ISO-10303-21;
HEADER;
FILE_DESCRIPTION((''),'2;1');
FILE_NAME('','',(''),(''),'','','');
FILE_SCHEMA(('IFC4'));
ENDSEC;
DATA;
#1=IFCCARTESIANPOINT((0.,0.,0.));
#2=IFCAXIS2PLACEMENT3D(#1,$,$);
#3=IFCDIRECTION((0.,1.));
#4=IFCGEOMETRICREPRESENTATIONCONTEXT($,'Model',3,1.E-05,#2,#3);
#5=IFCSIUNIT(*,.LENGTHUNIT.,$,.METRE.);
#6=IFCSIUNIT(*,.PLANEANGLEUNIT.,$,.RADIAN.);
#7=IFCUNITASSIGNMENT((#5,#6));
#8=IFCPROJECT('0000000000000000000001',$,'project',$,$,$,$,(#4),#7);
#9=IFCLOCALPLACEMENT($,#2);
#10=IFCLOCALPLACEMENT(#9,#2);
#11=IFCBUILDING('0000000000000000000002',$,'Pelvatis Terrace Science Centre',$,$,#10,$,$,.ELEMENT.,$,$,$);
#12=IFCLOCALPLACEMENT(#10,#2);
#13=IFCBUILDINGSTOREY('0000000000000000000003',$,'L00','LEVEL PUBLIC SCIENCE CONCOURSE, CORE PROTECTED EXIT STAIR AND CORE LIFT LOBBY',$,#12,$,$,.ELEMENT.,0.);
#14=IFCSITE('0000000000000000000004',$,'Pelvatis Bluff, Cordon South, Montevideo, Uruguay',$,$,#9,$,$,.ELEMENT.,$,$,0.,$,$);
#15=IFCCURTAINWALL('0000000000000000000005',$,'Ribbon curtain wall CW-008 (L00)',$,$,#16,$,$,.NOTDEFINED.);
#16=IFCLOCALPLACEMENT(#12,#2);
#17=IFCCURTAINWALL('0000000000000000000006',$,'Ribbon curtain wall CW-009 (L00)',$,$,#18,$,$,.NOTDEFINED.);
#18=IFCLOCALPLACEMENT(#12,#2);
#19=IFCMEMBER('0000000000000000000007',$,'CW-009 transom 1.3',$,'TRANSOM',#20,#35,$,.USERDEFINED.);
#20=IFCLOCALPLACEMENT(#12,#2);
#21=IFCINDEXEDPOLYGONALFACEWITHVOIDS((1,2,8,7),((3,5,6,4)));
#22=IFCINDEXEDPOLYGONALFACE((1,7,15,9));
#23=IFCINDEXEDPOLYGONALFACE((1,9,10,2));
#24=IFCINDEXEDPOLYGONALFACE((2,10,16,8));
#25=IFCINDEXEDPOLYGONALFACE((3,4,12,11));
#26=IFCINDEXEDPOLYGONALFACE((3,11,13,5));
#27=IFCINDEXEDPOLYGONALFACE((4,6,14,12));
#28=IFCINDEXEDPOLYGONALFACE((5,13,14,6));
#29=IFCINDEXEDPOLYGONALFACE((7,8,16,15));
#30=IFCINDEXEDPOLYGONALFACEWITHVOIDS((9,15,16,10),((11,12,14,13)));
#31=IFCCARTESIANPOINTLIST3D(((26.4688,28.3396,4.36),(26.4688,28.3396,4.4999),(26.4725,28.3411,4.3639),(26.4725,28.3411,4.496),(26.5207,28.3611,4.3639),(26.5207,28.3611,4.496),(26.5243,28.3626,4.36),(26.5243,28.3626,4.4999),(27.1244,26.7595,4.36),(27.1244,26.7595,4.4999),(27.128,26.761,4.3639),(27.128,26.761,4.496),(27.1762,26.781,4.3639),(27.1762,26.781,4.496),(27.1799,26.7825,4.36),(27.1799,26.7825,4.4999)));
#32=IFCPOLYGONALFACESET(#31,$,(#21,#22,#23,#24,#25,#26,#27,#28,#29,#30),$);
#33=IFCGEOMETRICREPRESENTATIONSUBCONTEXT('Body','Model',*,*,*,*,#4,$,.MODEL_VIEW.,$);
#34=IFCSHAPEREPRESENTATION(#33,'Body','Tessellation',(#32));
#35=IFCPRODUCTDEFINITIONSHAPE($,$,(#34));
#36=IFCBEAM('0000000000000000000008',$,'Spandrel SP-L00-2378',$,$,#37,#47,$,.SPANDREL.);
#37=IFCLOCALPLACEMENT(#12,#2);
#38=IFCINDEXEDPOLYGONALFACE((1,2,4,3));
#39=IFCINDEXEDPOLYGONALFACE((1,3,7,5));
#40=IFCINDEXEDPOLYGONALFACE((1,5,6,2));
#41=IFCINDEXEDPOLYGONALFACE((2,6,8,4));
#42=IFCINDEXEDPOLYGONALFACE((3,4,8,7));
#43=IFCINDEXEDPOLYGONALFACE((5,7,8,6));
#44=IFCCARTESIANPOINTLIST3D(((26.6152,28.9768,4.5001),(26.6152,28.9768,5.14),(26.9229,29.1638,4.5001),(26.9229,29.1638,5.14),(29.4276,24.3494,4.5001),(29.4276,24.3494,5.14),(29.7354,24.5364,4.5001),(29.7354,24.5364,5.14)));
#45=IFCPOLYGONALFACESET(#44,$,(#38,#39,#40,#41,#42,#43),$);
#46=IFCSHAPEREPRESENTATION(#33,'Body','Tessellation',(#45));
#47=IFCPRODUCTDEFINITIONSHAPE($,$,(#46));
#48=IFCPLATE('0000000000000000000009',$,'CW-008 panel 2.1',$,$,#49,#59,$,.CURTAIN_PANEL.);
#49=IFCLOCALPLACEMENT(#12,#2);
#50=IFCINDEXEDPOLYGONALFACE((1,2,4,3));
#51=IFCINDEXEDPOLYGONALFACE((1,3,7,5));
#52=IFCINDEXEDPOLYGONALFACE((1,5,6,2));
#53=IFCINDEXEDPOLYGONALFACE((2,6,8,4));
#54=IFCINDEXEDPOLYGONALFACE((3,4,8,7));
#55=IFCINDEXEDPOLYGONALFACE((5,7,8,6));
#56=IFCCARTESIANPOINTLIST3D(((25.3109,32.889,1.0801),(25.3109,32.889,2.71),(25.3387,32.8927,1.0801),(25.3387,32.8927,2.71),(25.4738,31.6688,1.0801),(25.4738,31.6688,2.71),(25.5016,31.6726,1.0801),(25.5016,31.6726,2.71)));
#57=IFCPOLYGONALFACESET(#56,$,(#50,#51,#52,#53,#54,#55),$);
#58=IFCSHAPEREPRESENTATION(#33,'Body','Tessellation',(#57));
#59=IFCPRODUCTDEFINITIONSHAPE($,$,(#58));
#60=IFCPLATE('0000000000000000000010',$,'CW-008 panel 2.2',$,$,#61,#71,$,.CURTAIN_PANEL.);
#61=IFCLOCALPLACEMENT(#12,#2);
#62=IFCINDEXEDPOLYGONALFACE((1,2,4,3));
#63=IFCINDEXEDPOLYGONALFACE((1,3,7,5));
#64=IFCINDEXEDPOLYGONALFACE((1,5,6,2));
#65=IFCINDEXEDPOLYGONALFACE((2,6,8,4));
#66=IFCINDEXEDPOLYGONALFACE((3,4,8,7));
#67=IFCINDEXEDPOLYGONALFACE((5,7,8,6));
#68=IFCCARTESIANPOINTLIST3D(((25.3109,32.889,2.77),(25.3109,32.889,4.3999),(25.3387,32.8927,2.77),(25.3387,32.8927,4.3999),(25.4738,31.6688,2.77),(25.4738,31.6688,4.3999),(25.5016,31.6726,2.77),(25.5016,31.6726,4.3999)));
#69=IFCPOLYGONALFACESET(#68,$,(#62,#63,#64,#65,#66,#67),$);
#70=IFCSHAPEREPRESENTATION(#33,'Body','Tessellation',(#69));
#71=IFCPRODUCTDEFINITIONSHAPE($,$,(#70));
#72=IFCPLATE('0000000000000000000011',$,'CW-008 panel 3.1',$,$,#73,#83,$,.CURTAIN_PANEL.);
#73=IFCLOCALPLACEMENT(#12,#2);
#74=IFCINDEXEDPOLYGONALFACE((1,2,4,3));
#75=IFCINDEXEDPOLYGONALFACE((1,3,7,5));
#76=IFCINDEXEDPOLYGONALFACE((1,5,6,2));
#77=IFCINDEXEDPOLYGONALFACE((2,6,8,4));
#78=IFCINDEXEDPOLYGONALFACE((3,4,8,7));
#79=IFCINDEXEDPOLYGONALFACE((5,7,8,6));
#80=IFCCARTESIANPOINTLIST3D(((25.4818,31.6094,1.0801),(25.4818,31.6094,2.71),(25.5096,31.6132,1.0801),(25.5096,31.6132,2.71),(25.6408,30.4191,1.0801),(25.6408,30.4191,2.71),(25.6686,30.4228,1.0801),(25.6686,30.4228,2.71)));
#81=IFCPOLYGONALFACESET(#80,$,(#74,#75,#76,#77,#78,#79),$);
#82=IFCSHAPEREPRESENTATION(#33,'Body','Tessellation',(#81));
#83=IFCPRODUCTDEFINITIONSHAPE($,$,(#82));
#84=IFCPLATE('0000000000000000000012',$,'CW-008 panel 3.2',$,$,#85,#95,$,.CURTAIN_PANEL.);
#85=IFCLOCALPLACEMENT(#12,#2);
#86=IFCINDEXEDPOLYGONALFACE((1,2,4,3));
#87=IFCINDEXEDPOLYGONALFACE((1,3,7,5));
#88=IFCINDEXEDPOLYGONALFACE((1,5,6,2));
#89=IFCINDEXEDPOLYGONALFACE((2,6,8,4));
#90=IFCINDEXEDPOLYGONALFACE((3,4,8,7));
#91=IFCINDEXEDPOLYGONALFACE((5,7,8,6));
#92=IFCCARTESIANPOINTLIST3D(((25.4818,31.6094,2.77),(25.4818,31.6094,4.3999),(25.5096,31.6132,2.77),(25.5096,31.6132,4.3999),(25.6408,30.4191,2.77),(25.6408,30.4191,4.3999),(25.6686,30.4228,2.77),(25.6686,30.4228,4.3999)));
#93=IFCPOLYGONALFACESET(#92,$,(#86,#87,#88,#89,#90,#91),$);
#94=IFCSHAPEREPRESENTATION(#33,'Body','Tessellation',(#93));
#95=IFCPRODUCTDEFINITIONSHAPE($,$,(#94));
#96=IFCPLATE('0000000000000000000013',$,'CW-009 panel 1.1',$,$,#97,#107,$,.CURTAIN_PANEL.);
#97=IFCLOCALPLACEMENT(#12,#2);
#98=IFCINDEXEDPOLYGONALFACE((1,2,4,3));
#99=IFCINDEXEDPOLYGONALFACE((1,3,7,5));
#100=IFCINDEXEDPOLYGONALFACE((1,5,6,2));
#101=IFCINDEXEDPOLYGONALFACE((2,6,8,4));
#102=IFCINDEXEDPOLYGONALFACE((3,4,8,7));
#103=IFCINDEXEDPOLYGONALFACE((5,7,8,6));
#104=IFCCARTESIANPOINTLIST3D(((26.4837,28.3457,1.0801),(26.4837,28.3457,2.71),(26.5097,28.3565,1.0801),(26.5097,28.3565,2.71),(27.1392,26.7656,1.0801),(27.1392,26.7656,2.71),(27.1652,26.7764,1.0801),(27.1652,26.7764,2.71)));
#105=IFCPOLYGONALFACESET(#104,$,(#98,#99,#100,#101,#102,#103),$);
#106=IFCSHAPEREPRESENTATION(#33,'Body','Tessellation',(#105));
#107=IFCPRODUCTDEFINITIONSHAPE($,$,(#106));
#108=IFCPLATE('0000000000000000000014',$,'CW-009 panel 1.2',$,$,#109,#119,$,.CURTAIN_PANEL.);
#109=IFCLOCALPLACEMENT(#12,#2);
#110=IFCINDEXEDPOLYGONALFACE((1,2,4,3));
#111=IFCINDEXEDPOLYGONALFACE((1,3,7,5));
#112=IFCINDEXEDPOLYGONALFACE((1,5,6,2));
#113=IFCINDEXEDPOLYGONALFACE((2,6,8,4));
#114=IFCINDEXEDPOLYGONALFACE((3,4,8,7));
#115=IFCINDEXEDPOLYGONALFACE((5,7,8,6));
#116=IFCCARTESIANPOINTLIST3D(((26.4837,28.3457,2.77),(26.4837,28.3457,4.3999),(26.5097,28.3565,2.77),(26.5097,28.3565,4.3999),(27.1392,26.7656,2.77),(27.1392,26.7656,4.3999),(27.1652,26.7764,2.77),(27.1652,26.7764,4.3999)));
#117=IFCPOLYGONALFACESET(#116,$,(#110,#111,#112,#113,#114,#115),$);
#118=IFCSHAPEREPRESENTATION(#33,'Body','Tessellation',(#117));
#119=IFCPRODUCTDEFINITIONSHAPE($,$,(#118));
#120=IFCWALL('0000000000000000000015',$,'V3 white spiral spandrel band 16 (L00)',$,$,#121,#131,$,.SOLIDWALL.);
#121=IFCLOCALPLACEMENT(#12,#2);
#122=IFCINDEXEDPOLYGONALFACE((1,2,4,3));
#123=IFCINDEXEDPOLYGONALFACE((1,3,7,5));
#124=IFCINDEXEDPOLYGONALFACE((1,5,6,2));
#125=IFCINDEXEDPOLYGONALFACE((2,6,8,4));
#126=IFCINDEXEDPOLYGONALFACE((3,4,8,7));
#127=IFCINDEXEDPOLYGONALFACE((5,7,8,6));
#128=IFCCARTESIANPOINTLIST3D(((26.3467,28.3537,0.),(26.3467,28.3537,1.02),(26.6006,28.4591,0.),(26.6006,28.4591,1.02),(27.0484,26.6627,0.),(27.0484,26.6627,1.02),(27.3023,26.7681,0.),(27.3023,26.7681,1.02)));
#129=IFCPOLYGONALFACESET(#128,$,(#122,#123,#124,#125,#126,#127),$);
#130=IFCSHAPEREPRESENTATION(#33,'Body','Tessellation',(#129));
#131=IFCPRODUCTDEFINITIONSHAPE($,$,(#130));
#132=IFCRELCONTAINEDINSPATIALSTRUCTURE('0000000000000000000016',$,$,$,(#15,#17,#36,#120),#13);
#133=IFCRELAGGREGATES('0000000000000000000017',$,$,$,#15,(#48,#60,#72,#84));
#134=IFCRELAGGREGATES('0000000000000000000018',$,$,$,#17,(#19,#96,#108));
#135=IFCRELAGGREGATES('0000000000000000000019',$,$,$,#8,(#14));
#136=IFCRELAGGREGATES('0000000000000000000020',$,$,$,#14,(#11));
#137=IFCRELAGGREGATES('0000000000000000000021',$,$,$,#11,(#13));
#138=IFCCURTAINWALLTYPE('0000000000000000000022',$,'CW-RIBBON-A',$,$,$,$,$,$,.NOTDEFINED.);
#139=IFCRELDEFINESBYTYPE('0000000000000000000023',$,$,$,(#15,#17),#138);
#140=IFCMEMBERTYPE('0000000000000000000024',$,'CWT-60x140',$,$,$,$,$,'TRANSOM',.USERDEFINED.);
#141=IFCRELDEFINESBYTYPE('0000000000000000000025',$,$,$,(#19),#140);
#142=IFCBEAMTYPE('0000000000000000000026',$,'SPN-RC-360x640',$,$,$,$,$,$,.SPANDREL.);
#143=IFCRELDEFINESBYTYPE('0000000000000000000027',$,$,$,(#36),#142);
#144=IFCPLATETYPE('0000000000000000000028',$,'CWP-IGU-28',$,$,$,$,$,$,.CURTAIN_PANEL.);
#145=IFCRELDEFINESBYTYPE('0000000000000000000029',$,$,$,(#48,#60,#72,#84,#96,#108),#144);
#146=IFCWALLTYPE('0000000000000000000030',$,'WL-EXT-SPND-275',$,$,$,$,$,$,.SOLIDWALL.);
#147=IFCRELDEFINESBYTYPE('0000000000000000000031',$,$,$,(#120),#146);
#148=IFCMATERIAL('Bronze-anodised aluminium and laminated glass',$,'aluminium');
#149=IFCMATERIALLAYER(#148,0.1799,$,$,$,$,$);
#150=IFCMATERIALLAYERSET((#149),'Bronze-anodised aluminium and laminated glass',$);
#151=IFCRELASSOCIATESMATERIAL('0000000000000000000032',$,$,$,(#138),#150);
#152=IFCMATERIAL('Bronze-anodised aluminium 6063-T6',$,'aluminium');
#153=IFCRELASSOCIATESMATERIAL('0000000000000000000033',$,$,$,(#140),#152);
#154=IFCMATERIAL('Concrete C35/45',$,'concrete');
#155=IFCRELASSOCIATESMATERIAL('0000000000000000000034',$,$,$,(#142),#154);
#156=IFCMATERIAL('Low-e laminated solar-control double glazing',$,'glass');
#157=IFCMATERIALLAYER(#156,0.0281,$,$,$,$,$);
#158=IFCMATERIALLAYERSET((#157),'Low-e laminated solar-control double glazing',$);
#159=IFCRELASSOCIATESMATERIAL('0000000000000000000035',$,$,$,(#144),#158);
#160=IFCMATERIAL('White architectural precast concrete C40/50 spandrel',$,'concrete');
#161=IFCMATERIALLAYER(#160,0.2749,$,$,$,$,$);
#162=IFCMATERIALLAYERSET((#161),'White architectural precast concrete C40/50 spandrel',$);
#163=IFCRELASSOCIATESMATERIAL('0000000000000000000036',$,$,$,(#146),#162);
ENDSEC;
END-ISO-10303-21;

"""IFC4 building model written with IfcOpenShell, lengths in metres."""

from ifc_helpers import new_model, si_unit, direction, frame, frame_2d, origin, origin_2d, place, context, subcontext, project, spatial, rectangle, hollow_rectangle, extrude, material, layer, layer_set, material_profile, profile_set, type_object, element, aggregate, save


model = new_model("IFC4")

# Units and contexts
model_context = context("Model", 3, precision=1e-05, world=origin(), true_north=direction((0.0, 1.0)))
body_context = subcontext(model_context, "Body", "Model", "MODEL_VIEW")
ifc_project = project(units=[si_unit("LENGTHUNIT", "METRE"), si_unit("PLANEANGLEUNIT", "RADIAN")], contexts=[model_context])

# Site, building, storey
site_placement = place(None, origin())
site = spatial("IfcSite", under=ifc_project, at=site_placement, Name="Pelvatis Bluff, Cordon South, Montevideo, Uruguay", CompositionType="ELEMENT", RefElevation=0.0)
building_placement = place(site_placement, origin())
building = spatial("IfcBuilding", under=site, at=building_placement, Name="Pelvatis Terrace Science Centre", CompositionType="ELEMENT")
storey_placement = place(building_placement, origin())
storey = spatial("IfcBuildingStorey", under=building, at=storey_placement, Name="L00", Description="LEVEL PUBLIC SCIENCE CONCOURSE, CORE PROTECTED EXIT STAIR AND CORE LIFT LOBBY", CompositionType="ELEMENT", Elevation=0.0)

# Curtain walls
ifc_material_1 = material(Name="Bronze-anodised aluminium and laminated glass", Category="aluminium")
ifc_layer_1 = layer(ifc_material_1, 0.1799)
ifc_layer_set_1 = layer_set([ifc_layer_1], Name="Bronze-anodised aluminium and laminated glass")
curtain_wall_type = type_object("IfcCurtainWallType", Name="CW-RIBBON-A", PredefinedType="NOTDEFINED", material=ifc_layer_set_1)
curtain_wall_1_placement = place(storey_placement, origin())
curtain_wall_1 = element("IfcCurtainWall", 1, at=curtain_wall_1_placement, inside=storey, type_object=curtain_wall_type, Name="Ribbon curtain wall CW-008 (L00)", PredefinedType="NOTDEFINED")
curtain_wall_2_placement = place(storey_placement, origin())
curtain_wall_2 = element("IfcCurtainWall", 2, at=curtain_wall_2_placement, inside=storey, type_object=curtain_wall_type, Name="Ribbon curtain wall CW-009 (L00)", PredefinedType="NOTDEFINED")

# Member
ifc_material_2 = material(Name="Bronze-anodised aluminium 6063-T6", Category="aluminium")
ifc_material_profile_1 = material_profile(ifc_material_2, hollow_rectangle(XDim=0.0601, YDim=0.1399, WallThickness=0.0039, at=origin_2d()), Name="ALU-TRN 60x140")
ifc_profile_set_1 = profile_set([ifc_material_profile_1], Name="Bronze-anodised aluminium 6063-T6")
member_type_1 = type_object("IfcMemberType", Name="CWT-60x140", ElementType="TRANSOM", PredefinedType="USERDEFINED", material=ifc_profile_set_1)
member_1_placement = place(storey_placement, frame((26.4966, 28.3511, 4.4299), z_axis=(0.383196, -0.923667, 0.0), x_axis=(0.923667, 0.383196, 0.0)))
member_1 = element("IfcMember", 3, at=member_1_placement, type_object=member_type_1, Name="CW-009 transom 1.3", ObjectType="TRANSOM", PredefinedType="USERDEFINED", context=body_context, shape_type="SweptSolid", body=[
    extrude(hollow_rectangle(XDim=0.0601, YDim=0.1399, WallThickness=0.0039, at=origin_2d()), origin(), (0.0, 0.0, 1.0), 1.7107),
])

# Beam
ifc_material_3 = material(Name="Concrete C35/45", Category="concrete")
ifc_material_profile_2 = material_profile(ifc_material_3, rectangle(XDim=0.3601, YDim=0.6399, at=origin_2d()), Name="RC-SPN 360x640")
ifc_profile_set_2 = profile_set([ifc_material_profile_2], Name="Concrete C35/45")
beam_type = type_object("IfcBeamType", Name="SPN-RC-360x640", PredefinedType="SPANDREL", material=ifc_profile_set_2)
beam_placement = place(storey_placement, frame((26.769, 29.0703, 4.8201), z_axis=(0.51938, -0.854543, 0.0), x_axis=(0.854543, 0.51938, 0.0)))
element("IfcBeam", 4, at=beam_placement, inside=storey, type_object=beam_type, Name="Spandrel SP-L00-2378", PredefinedType="SPANDREL", context=body_context, shape_type="SweptSolid", body=[
    extrude(rectangle(XDim=0.3601, YDim=0.6399, at=origin_2d()), origin(), (0.0, 0.0, 1.0), 5.415),
])

# Plates
ifc_material_4 = material(Name="Low-e laminated solar-control double glazing", Category="glass")
ifc_layer_2 = layer(ifc_material_4, 0.0281)
ifc_layer_set_2 = layer_set([ifc_layer_2], Name="Low-e laminated solar-control double glazing")
plate_type = type_object("IfcPlateType", Name="CWP-IGU-28", PredefinedType="CURTAIN_PANEL", material=ifc_layer_set_2)
plate_1_placement = place(storey_placement, frame((25.4062, 32.2808, 1.0801), z_axis=(0.0, 0.0, 1.0), x_axis=(0.132392, -0.991197, 0.0)))
plate_1 = element("IfcPlate", 5, at=plate_1_placement, type_object=plate_type, Name="CW-008 panel 2.1", PredefinedType="CURTAIN_PANEL", context=body_context, shape_type="SweptSolid", body=[
    extrude(rectangle(XDim=1.231, YDim=0.0281, at=origin_2d()), origin(), (0.0, 0.0, 1.0), 1.6299),
])
plate_2_placement = place(storey_placement, frame((25.4062, 32.2808, 2.77), z_axis=(0.0, 0.0, 1.0), x_axis=(0.132392, -0.991197, 0.0)))
plate_2 = element("IfcPlate", 6, at=plate_2_placement, type_object=plate_type, Name="CW-008 panel 2.2", PredefinedType="CURTAIN_PANEL", context=body_context, shape_type="SweptSolid", body=[
    extrude(rectangle(XDim=1.231, YDim=0.0281, at=origin_2d()), origin(), (0.0, 0.0, 1.0), 1.6299),
])
plate_3_placement = place(storey_placement, frame((25.5752, 31.0161, 1.0801), z_axis=(0.0, 0.0, 1.0), x_axis=(0.132392, -0.991197, 0.0)))
plate_3 = element("IfcPlate", 7, at=plate_3_placement, type_object=plate_type, Name="CW-008 panel 3.1", PredefinedType="CURTAIN_PANEL", context=body_context, shape_type="SweptSolid", body=[
    extrude(rectangle(XDim=1.2009, YDim=0.0281, at=origin_2d()), origin(), (0.0, 0.0, 1.0), 1.6299),
])
plate_4_placement = place(storey_placement, frame((25.5752, 31.0161, 2.77), z_axis=(0.0, 0.0, 1.0), x_axis=(0.132392, -0.991197, 0.0)))
plate_4 = element("IfcPlate", 8, at=plate_4_placement, type_object=plate_type, Name="CW-008 panel 3.2", PredefinedType="CURTAIN_PANEL", context=body_context, shape_type="SweptSolid", body=[
    extrude(rectangle(XDim=1.2009, YDim=0.0281, at=origin_2d()), origin(), (0.0, 0.0, 1.0), 1.6299),
])
aggregate(curtain_wall_1, [plate_1, plate_2, plate_3, plate_4])
plate_5_placement = place(storey_placement, frame((26.8245, 27.561, 1.0801), z_axis=(0.0, 0.0, 1.0), x_axis=(0.38318, -0.923674, 0.0)))
plate_5 = element("IfcPlate", 9, at=plate_5_placement, type_object=plate_type, Name="CW-009 panel 1.1", PredefinedType="CURTAIN_PANEL", context=body_context, shape_type="SweptSolid", body=[
    extrude(rectangle(XDim=1.7107, YDim=0.0281, at=origin_2d()), origin(), (0.0, 0.0, 1.0), 1.6299),
])
plate_6_placement = place(storey_placement, frame((26.8245, 27.561, 2.77), z_axis=(0.0, 0.0, 1.0), x_axis=(0.38318, -0.923674, 0.0)))
plate_6 = element("IfcPlate", 10, at=plate_6_placement, type_object=plate_type, Name="CW-009 panel 1.2", PredefinedType="CURTAIN_PANEL", context=body_context, shape_type="SweptSolid", body=[
    extrude(rectangle(XDim=1.7107, YDim=0.0281, at=origin_2d()), origin(), (0.0, 0.0, 1.0), 1.6299),
])
aggregate(curtain_wall_2, [member_1, plate_5, plate_6])

# Wall
ifc_material_5 = material(Name="White architectural precast concrete C40/50 spandrel", Category="concrete")
ifc_layer_3 = layer(ifc_material_5, 0.2749)
ifc_layer_set_3 = layer_set([ifc_layer_3], Name="White architectural precast concrete C40/50 spandrel")
wall_type = type_object("IfcWallType", Name="WL-EXT-SPND-275", PredefinedType="SOLIDWALL", material=ifc_layer_set_3)
wall_placement = place(storey_placement, frame((26.4736, 28.4065, 0.0), z_axis=(0.0, 0.0, 1.0), x_axis=(0.38327, -0.923636, 0.0)))
element("IfcWall", 11, at=wall_placement, inside=storey, type_object=wall_type, Name="V3 white spiral spandrel band 16 (L00)", PredefinedType="SOLIDWALL", context=body_context, shape_type="SweptSolid", body=[
    extrude(rectangle(XDim=1.8308, YDim=0.2749, at=frame_2d((0.9155, 0.0))), origin(), (0.0, 0.0, 1.0), 1.02),
])

save(model, "model.ifc")
